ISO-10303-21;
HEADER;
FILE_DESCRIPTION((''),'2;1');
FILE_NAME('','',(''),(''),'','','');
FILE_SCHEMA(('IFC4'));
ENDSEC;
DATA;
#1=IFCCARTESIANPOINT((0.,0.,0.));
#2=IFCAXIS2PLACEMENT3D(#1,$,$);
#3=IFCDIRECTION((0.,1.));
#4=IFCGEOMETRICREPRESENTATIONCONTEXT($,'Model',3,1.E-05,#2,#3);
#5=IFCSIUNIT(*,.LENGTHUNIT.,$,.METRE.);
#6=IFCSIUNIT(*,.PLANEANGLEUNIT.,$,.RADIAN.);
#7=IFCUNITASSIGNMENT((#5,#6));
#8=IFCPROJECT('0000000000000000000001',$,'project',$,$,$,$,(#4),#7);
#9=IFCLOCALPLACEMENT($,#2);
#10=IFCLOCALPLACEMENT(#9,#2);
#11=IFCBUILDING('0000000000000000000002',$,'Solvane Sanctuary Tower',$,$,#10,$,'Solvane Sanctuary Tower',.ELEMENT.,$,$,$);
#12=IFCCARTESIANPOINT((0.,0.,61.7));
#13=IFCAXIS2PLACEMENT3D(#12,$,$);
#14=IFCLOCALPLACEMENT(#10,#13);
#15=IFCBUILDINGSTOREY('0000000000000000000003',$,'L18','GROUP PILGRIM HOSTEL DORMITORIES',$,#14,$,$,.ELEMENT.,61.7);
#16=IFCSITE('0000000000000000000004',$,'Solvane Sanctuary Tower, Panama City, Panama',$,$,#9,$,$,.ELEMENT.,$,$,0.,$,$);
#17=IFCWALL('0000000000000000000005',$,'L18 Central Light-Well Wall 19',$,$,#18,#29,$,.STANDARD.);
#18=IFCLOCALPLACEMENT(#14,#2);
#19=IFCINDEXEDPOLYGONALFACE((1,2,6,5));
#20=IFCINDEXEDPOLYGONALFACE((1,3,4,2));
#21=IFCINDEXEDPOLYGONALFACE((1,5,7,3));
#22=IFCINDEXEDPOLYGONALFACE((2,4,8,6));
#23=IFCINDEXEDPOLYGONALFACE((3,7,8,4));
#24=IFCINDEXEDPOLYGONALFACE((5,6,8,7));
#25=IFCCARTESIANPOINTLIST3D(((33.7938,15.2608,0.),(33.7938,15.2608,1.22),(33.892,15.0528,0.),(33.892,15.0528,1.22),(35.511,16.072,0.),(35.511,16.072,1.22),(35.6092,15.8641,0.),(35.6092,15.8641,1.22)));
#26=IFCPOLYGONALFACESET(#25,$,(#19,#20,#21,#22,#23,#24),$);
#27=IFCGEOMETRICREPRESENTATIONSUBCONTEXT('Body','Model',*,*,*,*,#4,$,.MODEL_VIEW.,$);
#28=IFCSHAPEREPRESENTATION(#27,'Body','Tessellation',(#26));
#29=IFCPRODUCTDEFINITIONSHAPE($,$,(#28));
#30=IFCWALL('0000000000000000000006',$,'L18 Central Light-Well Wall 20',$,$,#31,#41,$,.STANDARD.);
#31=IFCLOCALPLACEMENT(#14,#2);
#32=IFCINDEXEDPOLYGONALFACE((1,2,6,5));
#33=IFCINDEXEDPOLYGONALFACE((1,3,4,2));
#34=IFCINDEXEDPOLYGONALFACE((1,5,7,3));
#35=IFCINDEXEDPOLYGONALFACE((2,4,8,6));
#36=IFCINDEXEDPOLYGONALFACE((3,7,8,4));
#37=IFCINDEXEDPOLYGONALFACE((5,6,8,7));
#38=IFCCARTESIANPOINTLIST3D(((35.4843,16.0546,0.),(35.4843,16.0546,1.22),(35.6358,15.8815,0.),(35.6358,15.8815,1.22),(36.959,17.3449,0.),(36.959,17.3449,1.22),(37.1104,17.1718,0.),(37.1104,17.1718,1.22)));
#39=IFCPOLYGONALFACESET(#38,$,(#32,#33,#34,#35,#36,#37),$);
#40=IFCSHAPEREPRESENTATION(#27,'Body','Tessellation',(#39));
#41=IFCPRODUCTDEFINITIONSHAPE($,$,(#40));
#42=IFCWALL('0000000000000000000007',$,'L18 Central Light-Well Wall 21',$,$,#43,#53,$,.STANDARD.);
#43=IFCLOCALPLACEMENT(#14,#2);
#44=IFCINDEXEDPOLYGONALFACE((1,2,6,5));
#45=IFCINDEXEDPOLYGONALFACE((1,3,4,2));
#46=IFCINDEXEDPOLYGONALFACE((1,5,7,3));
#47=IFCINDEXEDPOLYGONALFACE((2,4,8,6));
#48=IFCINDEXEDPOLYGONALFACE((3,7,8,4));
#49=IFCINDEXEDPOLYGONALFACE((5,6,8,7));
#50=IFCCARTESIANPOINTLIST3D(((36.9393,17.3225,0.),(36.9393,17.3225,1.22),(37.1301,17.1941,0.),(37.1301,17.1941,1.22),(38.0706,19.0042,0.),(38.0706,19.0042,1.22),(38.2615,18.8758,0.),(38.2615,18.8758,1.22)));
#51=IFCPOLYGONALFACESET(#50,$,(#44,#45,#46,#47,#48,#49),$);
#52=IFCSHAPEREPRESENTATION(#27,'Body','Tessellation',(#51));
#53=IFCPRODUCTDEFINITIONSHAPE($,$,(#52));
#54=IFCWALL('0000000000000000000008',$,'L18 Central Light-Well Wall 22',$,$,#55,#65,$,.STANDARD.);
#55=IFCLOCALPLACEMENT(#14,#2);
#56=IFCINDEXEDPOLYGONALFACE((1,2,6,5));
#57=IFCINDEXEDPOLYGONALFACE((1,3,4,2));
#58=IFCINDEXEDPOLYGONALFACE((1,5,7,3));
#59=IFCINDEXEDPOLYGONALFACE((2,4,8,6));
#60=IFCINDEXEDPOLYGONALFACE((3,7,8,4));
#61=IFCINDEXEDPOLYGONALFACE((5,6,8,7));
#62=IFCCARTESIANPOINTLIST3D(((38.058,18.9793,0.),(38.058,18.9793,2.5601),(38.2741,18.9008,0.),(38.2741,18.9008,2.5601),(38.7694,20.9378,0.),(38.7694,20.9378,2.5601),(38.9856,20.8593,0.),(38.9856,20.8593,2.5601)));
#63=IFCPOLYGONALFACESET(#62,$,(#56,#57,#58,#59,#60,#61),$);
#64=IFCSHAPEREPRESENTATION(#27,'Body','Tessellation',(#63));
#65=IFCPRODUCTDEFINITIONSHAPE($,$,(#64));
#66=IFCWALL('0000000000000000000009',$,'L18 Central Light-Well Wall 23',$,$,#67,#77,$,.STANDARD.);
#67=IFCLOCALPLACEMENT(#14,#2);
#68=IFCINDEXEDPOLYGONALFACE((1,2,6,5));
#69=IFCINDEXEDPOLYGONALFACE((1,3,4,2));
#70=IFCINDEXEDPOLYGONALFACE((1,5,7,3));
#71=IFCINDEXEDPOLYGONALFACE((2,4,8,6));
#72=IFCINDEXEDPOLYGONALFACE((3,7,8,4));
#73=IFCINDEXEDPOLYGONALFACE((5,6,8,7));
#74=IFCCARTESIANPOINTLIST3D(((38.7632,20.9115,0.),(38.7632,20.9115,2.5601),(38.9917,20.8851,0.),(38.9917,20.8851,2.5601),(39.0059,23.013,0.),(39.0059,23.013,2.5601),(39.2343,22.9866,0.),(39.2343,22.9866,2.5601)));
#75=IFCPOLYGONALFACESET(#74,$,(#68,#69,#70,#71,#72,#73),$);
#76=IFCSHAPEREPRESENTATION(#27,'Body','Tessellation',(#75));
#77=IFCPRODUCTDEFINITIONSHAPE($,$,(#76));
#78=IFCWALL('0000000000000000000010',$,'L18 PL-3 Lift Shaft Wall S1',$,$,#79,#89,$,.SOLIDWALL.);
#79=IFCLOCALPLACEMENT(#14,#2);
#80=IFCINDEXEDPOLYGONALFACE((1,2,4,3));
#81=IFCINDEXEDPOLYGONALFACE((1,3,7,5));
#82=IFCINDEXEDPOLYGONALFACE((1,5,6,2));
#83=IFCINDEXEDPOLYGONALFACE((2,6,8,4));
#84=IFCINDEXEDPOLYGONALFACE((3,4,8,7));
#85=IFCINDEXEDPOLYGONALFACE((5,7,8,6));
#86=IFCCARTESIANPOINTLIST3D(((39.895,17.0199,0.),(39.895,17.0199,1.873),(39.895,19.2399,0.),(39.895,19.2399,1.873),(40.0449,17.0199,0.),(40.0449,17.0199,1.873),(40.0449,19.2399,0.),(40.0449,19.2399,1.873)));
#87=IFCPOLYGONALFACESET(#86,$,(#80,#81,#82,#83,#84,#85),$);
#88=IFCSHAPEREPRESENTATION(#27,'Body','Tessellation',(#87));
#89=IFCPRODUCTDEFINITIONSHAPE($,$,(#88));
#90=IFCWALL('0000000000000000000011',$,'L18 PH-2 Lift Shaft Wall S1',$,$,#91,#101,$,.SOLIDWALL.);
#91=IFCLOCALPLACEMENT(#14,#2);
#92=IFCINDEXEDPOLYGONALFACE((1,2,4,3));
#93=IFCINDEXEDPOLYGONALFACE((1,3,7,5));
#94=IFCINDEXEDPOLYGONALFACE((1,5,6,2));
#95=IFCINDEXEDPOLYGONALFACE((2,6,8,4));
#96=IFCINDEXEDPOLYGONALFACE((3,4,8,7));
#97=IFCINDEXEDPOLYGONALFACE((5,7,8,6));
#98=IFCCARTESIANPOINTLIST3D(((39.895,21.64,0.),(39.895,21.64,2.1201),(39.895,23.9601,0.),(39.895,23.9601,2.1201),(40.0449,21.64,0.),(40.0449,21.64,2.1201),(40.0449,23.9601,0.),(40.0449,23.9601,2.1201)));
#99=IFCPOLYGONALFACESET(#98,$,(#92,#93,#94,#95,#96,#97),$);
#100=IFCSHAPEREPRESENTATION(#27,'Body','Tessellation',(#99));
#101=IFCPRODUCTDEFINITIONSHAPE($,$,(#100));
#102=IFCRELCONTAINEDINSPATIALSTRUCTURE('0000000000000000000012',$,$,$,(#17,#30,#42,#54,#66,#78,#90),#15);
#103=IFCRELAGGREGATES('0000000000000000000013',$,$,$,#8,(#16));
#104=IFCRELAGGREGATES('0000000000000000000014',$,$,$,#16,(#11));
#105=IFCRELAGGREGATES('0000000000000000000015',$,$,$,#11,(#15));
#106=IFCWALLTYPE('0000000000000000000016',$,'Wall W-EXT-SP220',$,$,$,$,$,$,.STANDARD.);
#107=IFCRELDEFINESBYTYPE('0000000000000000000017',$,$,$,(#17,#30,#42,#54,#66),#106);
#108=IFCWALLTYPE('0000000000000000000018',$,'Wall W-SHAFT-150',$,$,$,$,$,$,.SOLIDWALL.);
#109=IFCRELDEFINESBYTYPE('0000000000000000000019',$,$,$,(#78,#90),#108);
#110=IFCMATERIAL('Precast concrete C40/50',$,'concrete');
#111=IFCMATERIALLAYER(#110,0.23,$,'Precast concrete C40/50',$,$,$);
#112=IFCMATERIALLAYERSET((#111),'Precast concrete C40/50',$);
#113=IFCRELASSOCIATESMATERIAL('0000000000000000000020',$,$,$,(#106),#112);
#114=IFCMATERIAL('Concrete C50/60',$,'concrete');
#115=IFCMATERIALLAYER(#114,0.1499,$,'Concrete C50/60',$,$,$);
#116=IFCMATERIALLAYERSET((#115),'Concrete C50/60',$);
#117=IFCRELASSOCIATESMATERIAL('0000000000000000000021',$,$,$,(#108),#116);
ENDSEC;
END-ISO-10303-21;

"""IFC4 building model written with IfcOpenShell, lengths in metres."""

from ifc_helpers import new_model, si_unit, direction, frame, frame_2d, origin, place, context, subcontext, project, spatial, rectangle, extrude, material, layer, layer_set, type_object, element, save


model = new_model("IFC4")

# Units and contexts
model_context = context("Model", 3, precision=1e-05, world=origin(), true_north=direction((0.0, 1.0)))
body_context = subcontext(model_context, "Body", "Model", "MODEL_VIEW")
ifc_project = project(units=[si_unit("LENGTHUNIT", "METRE"), si_unit("PLANEANGLEUNIT", "RADIAN")], contexts=[model_context])

# Site, building, storey
site_placement = place(None, origin())
site = spatial("IfcSite", under=ifc_project, at=site_placement, Name="Solvane Sanctuary Tower, Panama City, Panama", CompositionType="ELEMENT", RefElevation=0.0)
building_placement = place(site_placement, origin())
building = spatial("IfcBuilding", under=site, at=building_placement, Name="Solvane Sanctuary Tower", LongName="Solvane Sanctuary Tower", CompositionType="ELEMENT")
storey_placement = place(building_placement, frame((0.0, 0.0, 61.7)))
storey = spatial("IfcBuildingStorey", under=building, at=storey_placement, Name="L18", Description="GROUP PILGRIM HOSTEL DORMITORIES", CompositionType="ELEMENT", Elevation=61.7)

# Walls
ifc_material_1 = material(Name="Precast concrete C40/50", Category="concrete")
ifc_layer_1 = layer(ifc_material_1, 0.23, Name="Precast concrete C40/50")
ifc_layer_set_1 = layer_set([ifc_layer_1], Name="Precast concrete C40/50")
wall_type_1 = type_object("IfcWallType", Name="Wall W-EXT-SP220", PredefinedType="STANDARD", material=ifc_layer_set_1)
wall_1_placement = place(storey_placement, frame((33.8428, 15.1567, 0.0), z_axis=(0.0, 0.0, 1.0), x_axis=(0.90418, 0.427152, 0.0)))
element("IfcWall", 1, at=wall_1_placement, inside=storey, type_object=wall_type_1, Name="L18 Central Light-Well Wall 19", PredefinedType="STANDARD", context=body_context, shape_type="SweptSolid", body=[
    extrude(rectangle(XDim=1.8992, YDim=0.23, at=frame_2d((0.9497, 0.0))), origin(), (0.0, 0.0, 1.0), 1.22),
])
wall_2_placement = place(storey_placement, frame((35.5601, 15.968, 0.0), z_axis=(0.0, 0.0, 1.0), x_axis=(0.752577, 0.658505, 0.0)))
element("IfcWall", 2, at=wall_2_placement, inside=storey, type_object=wall_type_1, Name="L18 Central Light-Well Wall 20", PredefinedType="STANDARD", context=body_context, shape_type="SweptSolid", body=[
    extrude(rectangle(XDim=1.9595, YDim=0.23, at=frame_2d((0.9797, 0.0))), origin(), (0.0, 0.0, 1.0), 1.22),
])
wall_3_placement = place(storey_placement, frame((37.0347, 17.2583, 0.0), z_axis=(0.0, 0.0, 1.0), x_axis=(0.558198, 0.829708, 0.0)))
element("IfcWall", 3, at=wall_3_placement, inside=storey, type_object=wall_type_1, Name="L18 Central Light-Well Wall 21", PredefinedType="STANDARD", context=body_context, shape_type="SweptSolid", body=[
    extrude(rectangle(XDim=2.0269, YDim=0.23, at=frame_2d((1.0134, 0.0))), origin(), (0.0, 0.0, 1.0), 1.22),
])
wall_4_placement = place(storey_placement, frame((38.166, 18.9399, 0.0), z_axis=(0.0, 0.0, 1.0), x_axis=(0.341423, 0.93991, 0.0)))
element("IfcWall", 4, at=wall_4_placement, inside=storey, type_object=wall_type_1, Name="L18 Central Light-Well Wall 22", PredefinedType="STANDARD", context=body_context, shape_type="SweptSolid", body=[
    extrude(rectangle(XDim=2.0837, YDim=0.23, at=frame_2d((1.042, 0.0))), origin(), (0.0, 0.0, 1.0), 2.5601),
])
wall_5_placement = place(storey_placement, frame((38.8774, 20.8984, 0.0), z_axis=(0.0, 0.0, 1.0), x_axis=(0.114712, 0.993399, 0.0)))
element("IfcWall", 5, at=wall_5_placement, inside=storey, type_object=wall_type_1, Name="L18 Central Light-Well Wall 23", PredefinedType="STANDARD", context=body_context, shape_type="SweptSolid", body=[
    extrude(rectangle(XDim=2.1155, YDim=0.23, at=frame_2d((1.0576, 0.0))), origin(), (0.0, 0.0, 1.0), 2.5601),
])
ifc_material_2 = material(Name="Concrete C50/60", Category="concrete")
ifc_layer_2 = layer(ifc_material_2, 0.1499, Name="Concrete C50/60")
ifc_layer_set_2 = layer_set([ifc_layer_2], Name="Concrete C50/60")
wall_type_2 = type_object("IfcWallType", Name="Wall W-SHAFT-150", PredefinedType="SOLIDWALL", material=ifc_layer_set_2)
wall_6_placement = place(storey_placement, frame((39.97, 17.02, 0.0), z_axis=(0.0, 0.0, 1.0), x_axis=(0.0, 1.0, 0.0)))
element("IfcWall", 6, at=wall_6_placement, inside=storey, type_object=wall_type_2, Name="L18 PL-3 Lift Shaft Wall S1", PredefinedType="SOLIDWALL", context=body_context, shape_type="SweptSolid", body=[
    extrude(rectangle(XDim=2.22, YDim=0.1499, at=frame_2d((1.1099, 0.0))), origin(), (0.0, 0.0, 1.0), 1.873),
])
wall_7_placement = place(storey_placement, frame((39.97, 21.6399, 0.0), z_axis=(0.0, 0.0, 1.0), x_axis=(0.0, 1.0, 0.0)))
element("IfcWall", 7, at=wall_7_placement, inside=storey, type_object=wall_type_2, Name="L18 PH-2 Lift Shaft Wall S1", PredefinedType="SOLIDWALL", context=body_context, shape_type="SweptSolid", body=[
    extrude(rectangle(XDim=2.3201, YDim=0.1499, at=frame_2d((1.1602, 0.0))), origin(), (0.0, 0.0, 1.0), 2.1201),
])

save(model, "model.ifc")
